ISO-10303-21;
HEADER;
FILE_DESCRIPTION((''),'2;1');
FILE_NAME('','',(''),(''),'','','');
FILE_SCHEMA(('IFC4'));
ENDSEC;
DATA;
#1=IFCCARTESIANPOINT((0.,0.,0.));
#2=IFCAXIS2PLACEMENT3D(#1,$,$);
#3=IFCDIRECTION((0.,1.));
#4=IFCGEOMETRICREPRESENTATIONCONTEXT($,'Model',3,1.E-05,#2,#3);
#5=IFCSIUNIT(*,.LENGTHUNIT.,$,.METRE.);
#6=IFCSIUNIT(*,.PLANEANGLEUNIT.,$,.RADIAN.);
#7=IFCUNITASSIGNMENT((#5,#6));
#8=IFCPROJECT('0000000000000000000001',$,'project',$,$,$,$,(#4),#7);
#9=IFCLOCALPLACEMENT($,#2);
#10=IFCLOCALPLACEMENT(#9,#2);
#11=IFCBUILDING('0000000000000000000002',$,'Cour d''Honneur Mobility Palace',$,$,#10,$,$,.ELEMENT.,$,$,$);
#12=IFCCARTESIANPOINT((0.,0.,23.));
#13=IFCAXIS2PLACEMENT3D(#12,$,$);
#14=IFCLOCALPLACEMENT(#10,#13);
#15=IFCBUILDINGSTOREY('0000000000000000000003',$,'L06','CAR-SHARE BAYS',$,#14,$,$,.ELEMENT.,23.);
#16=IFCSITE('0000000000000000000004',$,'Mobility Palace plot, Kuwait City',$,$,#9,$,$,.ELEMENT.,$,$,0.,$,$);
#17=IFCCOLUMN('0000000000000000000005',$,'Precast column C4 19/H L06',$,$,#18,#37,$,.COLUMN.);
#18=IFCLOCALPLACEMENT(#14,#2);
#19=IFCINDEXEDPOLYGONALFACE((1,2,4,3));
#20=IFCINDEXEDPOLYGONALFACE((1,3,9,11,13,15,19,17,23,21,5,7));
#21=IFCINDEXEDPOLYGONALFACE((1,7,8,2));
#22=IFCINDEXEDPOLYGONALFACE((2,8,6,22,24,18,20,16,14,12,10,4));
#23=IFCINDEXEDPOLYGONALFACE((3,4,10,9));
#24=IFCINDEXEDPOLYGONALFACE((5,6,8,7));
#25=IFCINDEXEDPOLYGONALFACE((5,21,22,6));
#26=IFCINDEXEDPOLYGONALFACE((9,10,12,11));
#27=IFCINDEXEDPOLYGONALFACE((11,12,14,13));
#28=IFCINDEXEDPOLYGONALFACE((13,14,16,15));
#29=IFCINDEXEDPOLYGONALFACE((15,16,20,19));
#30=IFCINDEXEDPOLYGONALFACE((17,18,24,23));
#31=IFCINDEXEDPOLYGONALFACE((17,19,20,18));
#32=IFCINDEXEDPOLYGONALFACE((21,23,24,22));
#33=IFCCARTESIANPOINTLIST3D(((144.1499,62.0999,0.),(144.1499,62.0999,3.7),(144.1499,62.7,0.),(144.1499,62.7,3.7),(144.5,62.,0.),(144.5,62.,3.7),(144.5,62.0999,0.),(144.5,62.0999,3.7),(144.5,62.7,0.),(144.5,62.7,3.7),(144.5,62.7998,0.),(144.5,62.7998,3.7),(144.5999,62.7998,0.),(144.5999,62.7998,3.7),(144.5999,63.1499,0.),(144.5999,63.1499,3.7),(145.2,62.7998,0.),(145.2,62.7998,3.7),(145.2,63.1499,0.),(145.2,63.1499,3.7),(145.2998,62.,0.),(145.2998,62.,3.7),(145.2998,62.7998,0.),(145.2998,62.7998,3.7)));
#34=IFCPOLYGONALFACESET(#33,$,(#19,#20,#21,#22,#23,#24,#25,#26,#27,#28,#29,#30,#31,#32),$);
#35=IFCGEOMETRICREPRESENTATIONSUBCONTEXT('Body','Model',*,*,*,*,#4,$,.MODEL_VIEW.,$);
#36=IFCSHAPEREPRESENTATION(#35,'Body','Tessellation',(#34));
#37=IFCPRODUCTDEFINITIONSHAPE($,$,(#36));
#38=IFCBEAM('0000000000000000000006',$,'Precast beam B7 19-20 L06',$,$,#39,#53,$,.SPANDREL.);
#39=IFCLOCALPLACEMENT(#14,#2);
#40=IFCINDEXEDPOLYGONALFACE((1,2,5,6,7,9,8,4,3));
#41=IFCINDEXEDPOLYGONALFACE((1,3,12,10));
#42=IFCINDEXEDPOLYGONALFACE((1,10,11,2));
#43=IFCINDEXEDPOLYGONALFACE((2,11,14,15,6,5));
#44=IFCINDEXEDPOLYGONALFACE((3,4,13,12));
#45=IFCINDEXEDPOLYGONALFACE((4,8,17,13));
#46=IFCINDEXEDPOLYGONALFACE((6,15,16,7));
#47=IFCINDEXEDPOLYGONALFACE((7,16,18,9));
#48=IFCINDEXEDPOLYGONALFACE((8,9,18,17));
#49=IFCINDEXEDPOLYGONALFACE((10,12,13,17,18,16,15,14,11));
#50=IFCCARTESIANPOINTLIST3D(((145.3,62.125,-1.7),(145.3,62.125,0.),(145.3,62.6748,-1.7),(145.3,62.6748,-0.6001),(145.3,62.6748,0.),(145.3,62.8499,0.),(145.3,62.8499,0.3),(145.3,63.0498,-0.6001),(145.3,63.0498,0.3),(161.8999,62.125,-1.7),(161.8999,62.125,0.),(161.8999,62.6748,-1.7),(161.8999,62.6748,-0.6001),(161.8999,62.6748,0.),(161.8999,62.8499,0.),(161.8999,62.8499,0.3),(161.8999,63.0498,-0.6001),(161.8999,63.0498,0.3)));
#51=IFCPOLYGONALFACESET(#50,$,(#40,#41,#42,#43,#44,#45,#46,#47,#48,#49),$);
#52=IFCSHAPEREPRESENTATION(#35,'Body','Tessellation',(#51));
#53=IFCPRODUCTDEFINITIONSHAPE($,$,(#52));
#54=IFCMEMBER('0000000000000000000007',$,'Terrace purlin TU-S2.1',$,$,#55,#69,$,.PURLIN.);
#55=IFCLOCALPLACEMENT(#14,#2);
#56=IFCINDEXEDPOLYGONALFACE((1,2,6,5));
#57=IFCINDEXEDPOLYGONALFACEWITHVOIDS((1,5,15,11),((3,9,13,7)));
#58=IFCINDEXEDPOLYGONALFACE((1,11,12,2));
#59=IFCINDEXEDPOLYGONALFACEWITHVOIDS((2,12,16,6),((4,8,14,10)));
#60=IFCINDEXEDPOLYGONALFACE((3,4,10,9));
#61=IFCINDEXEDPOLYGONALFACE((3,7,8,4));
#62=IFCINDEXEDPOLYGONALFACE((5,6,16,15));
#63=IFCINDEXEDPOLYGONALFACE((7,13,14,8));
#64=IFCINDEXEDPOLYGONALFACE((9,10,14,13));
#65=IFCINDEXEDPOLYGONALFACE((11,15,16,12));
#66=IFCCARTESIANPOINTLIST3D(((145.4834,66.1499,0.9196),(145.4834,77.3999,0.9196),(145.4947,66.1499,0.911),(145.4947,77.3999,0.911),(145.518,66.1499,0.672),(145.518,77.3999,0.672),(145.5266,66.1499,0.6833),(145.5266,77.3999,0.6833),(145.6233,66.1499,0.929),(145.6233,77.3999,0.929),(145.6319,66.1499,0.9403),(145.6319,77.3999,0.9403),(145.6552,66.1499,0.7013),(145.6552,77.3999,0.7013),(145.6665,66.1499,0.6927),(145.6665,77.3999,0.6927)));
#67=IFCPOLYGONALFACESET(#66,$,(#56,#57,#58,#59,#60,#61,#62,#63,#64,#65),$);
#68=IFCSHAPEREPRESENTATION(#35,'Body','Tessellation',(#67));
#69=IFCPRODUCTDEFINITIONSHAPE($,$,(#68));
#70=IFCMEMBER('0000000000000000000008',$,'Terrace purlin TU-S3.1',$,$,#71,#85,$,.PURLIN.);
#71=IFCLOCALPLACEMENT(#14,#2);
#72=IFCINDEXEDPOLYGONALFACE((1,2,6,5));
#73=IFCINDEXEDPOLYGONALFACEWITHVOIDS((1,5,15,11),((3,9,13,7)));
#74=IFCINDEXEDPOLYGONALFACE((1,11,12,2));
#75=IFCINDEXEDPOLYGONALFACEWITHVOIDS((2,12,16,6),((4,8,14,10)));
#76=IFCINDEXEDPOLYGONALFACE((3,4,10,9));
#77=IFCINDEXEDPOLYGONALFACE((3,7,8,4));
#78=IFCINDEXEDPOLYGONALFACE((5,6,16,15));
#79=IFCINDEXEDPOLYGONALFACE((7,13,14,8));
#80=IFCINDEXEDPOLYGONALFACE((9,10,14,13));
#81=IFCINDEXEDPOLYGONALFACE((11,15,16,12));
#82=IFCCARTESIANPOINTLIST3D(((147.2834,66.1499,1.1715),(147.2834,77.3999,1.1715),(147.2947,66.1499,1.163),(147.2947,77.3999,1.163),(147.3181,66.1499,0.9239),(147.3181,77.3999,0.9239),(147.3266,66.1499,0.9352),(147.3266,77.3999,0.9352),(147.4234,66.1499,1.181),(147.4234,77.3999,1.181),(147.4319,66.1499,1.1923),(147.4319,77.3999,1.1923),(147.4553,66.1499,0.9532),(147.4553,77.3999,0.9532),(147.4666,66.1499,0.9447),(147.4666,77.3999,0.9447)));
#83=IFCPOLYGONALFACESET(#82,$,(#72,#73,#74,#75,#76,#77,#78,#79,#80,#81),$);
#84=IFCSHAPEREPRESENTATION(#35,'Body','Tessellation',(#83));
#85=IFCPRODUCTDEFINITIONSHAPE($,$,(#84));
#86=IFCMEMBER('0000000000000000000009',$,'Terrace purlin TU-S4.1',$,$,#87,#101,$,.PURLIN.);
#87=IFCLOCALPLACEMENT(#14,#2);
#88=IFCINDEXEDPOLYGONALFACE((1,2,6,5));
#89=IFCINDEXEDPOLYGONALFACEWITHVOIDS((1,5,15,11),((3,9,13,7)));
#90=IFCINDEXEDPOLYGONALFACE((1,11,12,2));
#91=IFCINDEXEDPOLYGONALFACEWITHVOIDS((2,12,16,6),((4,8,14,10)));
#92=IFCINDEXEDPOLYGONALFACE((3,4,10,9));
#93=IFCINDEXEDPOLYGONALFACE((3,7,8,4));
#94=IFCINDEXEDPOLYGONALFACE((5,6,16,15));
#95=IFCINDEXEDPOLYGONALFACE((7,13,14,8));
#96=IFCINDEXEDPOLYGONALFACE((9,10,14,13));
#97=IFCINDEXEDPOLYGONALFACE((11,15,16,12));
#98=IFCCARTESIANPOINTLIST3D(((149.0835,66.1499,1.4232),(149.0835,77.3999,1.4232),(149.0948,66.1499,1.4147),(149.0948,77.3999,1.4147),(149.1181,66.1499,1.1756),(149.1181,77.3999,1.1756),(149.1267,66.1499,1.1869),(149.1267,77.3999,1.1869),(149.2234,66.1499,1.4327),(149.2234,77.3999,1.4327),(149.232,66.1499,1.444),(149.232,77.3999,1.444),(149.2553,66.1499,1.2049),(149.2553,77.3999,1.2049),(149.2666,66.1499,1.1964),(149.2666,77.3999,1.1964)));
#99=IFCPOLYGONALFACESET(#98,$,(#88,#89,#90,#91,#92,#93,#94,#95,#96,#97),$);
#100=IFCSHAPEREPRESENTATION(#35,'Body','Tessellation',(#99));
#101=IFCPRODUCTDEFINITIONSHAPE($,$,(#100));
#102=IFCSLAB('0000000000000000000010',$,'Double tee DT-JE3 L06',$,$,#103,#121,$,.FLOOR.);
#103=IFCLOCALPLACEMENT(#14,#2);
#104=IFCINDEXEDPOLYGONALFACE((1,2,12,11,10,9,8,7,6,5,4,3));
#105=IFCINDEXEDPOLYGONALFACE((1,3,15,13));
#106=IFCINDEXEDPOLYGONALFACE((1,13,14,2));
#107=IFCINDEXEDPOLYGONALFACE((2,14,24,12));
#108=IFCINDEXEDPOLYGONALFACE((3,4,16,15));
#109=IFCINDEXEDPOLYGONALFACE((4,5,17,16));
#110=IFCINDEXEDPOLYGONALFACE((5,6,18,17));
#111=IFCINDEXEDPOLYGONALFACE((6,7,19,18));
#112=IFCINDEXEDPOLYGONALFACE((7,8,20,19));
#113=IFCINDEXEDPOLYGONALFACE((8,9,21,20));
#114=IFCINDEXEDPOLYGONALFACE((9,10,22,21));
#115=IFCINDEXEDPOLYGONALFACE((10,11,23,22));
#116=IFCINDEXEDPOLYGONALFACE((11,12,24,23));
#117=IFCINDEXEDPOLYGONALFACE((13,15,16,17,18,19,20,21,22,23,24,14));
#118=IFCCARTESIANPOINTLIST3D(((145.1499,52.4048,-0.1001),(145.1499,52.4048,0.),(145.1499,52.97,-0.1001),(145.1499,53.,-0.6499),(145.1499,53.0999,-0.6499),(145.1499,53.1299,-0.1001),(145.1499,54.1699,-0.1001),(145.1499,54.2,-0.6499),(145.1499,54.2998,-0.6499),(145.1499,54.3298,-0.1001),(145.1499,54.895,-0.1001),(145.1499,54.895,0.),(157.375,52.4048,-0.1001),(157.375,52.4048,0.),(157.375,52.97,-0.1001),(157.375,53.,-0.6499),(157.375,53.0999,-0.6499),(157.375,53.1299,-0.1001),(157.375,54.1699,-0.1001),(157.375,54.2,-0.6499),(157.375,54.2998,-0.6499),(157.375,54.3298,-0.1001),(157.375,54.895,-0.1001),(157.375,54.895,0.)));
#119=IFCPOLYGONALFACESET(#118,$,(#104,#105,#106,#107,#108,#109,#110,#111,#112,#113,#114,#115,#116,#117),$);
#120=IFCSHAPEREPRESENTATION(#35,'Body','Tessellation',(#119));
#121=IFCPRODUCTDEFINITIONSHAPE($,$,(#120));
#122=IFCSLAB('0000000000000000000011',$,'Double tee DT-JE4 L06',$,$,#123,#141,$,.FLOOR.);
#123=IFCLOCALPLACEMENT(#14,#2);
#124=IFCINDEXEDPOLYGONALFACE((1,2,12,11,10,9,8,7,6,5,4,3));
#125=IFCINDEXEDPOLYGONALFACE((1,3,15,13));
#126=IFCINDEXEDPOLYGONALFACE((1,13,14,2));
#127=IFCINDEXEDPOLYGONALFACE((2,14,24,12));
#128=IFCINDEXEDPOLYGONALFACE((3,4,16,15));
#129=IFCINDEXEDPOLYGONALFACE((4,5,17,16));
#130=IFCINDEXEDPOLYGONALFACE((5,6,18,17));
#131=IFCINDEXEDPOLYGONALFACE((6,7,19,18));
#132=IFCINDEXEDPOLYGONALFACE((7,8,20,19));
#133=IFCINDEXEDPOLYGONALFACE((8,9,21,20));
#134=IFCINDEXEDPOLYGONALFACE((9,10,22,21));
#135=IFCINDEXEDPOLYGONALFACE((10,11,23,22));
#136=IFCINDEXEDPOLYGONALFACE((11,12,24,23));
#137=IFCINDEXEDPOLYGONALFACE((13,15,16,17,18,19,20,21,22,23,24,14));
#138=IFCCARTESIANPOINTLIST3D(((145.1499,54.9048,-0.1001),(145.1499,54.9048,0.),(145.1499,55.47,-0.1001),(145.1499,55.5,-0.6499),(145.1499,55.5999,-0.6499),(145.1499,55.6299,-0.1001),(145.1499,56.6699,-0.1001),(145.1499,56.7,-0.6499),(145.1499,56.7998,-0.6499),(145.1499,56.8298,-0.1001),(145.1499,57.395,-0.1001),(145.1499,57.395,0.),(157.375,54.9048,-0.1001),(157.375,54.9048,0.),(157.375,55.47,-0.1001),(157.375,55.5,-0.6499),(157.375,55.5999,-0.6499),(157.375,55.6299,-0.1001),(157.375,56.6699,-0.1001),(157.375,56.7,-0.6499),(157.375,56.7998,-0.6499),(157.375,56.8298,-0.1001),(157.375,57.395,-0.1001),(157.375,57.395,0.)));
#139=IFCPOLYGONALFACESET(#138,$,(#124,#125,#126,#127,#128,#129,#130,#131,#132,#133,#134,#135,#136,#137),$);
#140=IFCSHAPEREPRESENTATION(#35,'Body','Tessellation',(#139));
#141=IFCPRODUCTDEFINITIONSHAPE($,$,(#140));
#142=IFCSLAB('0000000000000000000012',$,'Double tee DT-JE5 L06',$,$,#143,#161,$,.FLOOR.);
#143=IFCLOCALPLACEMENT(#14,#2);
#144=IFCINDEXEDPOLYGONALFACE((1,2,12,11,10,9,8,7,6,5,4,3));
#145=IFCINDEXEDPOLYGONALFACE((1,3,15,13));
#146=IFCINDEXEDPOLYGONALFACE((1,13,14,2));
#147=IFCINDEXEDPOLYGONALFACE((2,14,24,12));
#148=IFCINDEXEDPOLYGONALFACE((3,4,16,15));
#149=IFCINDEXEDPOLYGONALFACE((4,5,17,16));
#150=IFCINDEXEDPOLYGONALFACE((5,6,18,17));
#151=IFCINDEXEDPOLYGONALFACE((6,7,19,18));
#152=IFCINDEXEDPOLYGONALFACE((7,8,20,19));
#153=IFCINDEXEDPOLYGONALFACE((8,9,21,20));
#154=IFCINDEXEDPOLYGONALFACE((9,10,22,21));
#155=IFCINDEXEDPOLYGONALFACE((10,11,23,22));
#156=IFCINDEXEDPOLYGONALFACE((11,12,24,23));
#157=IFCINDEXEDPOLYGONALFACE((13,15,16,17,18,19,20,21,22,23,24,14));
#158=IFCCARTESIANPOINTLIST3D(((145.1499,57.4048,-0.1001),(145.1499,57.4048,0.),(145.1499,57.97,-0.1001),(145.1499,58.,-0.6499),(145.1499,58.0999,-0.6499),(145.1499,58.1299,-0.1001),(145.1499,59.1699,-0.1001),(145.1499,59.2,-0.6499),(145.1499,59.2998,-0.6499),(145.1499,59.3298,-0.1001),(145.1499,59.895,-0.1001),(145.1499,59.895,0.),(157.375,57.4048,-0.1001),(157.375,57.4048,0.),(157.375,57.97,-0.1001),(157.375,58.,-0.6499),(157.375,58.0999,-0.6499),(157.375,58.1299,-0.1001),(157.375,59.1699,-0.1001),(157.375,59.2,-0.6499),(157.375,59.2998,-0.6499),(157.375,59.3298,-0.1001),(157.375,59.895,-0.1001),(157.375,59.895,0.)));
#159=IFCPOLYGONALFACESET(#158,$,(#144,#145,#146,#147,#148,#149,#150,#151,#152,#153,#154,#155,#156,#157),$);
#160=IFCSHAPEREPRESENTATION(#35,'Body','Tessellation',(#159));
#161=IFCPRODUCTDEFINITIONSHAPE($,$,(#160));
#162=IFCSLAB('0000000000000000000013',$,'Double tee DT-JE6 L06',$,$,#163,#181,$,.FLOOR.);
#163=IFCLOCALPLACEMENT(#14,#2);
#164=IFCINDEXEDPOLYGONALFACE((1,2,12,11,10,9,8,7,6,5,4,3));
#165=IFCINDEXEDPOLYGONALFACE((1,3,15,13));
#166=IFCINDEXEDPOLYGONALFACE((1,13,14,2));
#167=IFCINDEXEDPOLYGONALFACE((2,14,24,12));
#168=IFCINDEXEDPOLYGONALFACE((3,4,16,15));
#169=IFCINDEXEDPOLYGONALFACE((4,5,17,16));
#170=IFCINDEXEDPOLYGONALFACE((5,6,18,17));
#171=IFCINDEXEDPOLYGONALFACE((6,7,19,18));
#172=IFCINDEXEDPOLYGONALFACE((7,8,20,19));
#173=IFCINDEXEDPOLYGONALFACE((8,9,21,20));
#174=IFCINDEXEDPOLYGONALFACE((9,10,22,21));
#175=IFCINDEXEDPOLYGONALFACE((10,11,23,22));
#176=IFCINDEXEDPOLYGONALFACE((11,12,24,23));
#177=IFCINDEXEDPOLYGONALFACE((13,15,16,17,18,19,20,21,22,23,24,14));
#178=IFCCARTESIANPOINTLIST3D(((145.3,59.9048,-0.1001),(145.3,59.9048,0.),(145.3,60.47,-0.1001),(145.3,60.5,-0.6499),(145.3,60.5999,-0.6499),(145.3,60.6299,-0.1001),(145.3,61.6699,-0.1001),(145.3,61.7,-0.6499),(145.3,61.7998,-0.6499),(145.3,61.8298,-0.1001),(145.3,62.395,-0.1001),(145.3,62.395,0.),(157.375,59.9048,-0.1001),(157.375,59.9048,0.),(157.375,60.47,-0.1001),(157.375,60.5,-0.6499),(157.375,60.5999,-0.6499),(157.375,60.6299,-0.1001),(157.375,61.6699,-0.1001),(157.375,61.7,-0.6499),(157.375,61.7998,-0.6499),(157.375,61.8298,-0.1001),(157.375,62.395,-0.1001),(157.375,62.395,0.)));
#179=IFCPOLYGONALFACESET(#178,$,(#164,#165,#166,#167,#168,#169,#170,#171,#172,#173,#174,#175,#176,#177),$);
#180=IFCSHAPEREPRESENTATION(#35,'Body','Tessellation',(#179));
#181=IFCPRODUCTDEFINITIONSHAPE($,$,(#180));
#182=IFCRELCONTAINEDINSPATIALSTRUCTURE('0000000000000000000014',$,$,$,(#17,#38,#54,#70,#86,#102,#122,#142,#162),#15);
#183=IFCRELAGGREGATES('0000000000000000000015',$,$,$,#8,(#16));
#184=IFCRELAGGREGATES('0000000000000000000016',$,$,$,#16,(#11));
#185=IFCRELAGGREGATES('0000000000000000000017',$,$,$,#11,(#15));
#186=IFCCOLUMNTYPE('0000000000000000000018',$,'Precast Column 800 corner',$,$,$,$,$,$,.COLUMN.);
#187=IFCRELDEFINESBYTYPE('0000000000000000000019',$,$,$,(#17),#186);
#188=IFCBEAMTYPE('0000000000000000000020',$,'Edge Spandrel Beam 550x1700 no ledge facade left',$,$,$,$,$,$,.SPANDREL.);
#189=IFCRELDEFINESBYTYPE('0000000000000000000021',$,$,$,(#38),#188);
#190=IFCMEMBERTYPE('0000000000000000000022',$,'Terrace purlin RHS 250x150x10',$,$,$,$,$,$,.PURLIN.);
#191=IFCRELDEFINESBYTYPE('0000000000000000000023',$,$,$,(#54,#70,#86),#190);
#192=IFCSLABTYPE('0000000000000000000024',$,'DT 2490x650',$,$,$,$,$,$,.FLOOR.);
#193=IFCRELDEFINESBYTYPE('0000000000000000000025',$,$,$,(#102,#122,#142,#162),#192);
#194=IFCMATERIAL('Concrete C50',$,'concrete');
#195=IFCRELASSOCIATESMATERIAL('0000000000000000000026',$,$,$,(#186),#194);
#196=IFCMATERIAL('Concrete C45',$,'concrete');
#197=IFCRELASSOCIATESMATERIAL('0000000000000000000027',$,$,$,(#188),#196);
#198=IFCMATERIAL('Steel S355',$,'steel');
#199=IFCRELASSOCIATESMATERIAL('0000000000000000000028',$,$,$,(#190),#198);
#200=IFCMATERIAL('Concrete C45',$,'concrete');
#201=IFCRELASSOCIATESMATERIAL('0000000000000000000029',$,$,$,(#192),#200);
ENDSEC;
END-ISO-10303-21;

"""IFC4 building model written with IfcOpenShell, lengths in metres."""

from ifc_helpers import new_model, si_unit, direction, frame, origin, origin_2d, place, context, subcontext, project, spatial, polyline, hollow_rectangle, outline, extrude, material, material_profile, profile_set, type_object, element, save


model = new_model("IFC4")

# Units and contexts
model_context = context("Model", 3, precision=1e-05, world=origin(), true_north=direction((0.0, 1.0)))
body_context = subcontext(model_context, "Body", "Model", "MODEL_VIEW")
ifc_project = project(units=[si_unit("LENGTHUNIT", "METRE"), si_unit("PLANEANGLEUNIT", "RADIAN")], contexts=[model_context])

# Site, building, storey
site_placement = place(None, origin())
site = spatial("IfcSite", under=ifc_project, at=site_placement, Name="Mobility Palace plot, Kuwait City", CompositionType="ELEMENT", RefElevation=0.0)
building_placement = place(site_placement, origin())
building = spatial("IfcBuilding", under=site, at=building_placement, Name="Cour d'Honneur Mobility Palace", CompositionType="ELEMENT")
storey_placement = place(building_placement, frame((0.0, 0.0, 23.0)))
storey = spatial("IfcBuildingStorey", under=building, at=storey_placement, Name="L06", Description="CAR-SHARE BAYS", CompositionType="ELEMENT", Elevation=23.0)

# Column
ifc_material_1 = material(Name="Concrete C50", Category="concrete")
ifc_material_profile_1 = material_profile(ifc_material_1, outline(polyline([(-0.3999, -0.3999), (0.3999, -0.3999), (0.3999, -0.3), (0.75, -0.3), (0.75, 0.3), (0.3999, 0.3), (0.3999, 0.3999), (0.3, 0.3999), (0.3, 0.75), (-0.3, 0.75), (-0.3, 0.3999), (-0.3999, 0.3999), (-0.3999, -0.3999)])), Name="PC C800 corner")
ifc_profile_set_1 = profile_set([ifc_material_profile_1], Name="Concrete C50")
column_type = type_object("IfcColumnType", Name="Precast Column 800 corner", PredefinedType="COLUMN", material=ifc_profile_set_1)
column_placement = place(storey_placement, frame((144.8999, 62.3999, 0.0), z_axis=(0.0, 0.0, 1.0), x_axis=(0.0, 1.0, 0.0)))
element("IfcColumn", 1, at=column_placement, inside=storey, type_object=column_type, Name="Precast column C4 19/H L06", PredefinedType="COLUMN", context=body_context, shape_type="SweptSolid", body=[
    extrude(outline(polyline([(-0.3999, -0.3999), (0.3999, -0.3999), (0.3999, -0.3), (0.75, -0.3), (0.75, 0.3), (0.3999, 0.3), (0.3999, 0.3999), (0.3, 0.3999), (0.3, 0.75), (-0.3, 0.75), (-0.3, 0.3999), (-0.3999, 0.3999), (-0.3999, -0.3999)])), origin(), (0.0, 0.0, 1.0), 3.7),
])

# Beam
ifc_material_2 = material(Name="Concrete C45", Category="concrete")
ifc_material_profile_2 = material_profile(ifc_material_2, outline(polyline([(0.2749, -1.7), (0.2749, -0.6001), (0.6499, -0.6001), (0.6499, 0.3), (0.45, 0.3), (0.45, 0.0), (0.2749, 0.0), (-0.2749, 0.0), (-0.2749, -1.7), (0.2749, -1.7)])), Name="Edge Spandrel Beam 550x1700 no ledge facade left")
ifc_profile_set_2 = profile_set([ifc_material_profile_2], Name="Concrete C45")
beam_type = type_object("IfcBeamType", Name="Edge Spandrel Beam 550x1700 no ledge facade left", PredefinedType="SPANDREL", material=ifc_profile_set_2)
beam_placement = place(storey_placement, frame((145.3, 62.3999, 0.0), z_axis=(1.0, 0.0, 0.0), x_axis=(0.0, 1.0, 0.0)))
element("IfcBeam", 2, at=beam_placement, inside=storey, type_object=beam_type, Name="Precast beam B7 19-20 L06", PredefinedType="SPANDREL", context=body_context, shape_type="SweptSolid", body=[
    extrude(outline(polyline([(0.2749, -1.7), (0.2749, -0.6001), (0.6499, -0.6001), (0.6499, 0.3), (0.45, 0.3), (0.45, 0.0), (0.2749, 0.0), (-0.2749, 0.0), (-0.2749, -1.7), (0.2749, -1.7)])), origin(), (0.0, 0.0, 1.0), 16.5999),
])

# Members
ifc_material_3 = material(Name="Steel S355", Category="steel")
ifc_material_profile_3 = material_profile(ifc_material_3, hollow_rectangle(XDim=0.1499, YDim=0.25, WallThickness=0.01, at=origin_2d()), Name="RHS 250x150x10")
ifc_profile_set_3 = profile_set([ifc_material_profile_3], Name="Steel S355")
member_type = type_object("IfcMemberType", Name="Terrace purlin RHS 250x150x10", PredefinedType="PURLIN", material=ifc_profile_set_3)
for number, where, z_axis, x_axis, name in (
    (3, (145.575, 66.1499, 0.8062), (0.0, 1.0, 0.0), (-0.99035, 0.0, -0.138591), "Terrace purlin TU-S2.1"),
    (4, (147.375, 66.1499, 1.0581), (0.0, 1.0, 0.0), (-0.99035, 0.0, -0.138591), "Terrace purlin TU-S3.1"),
    (5, (149.175, 66.1499, 1.3098), (0.0, 1.0, 0.0), (-0.99035, 0.0, -0.138591), "Terrace purlin TU-S4.1"),
):
    element("IfcMember", number, at=place(storey_placement, frame(where, z_axis=z_axis, x_axis=x_axis)), inside=storey, type_object=member_type, Name=name, PredefinedType="PURLIN", context=body_context, shape_type="SweptSolid", body=[
        extrude(hollow_rectangle(XDim=0.1499, YDim=0.25, WallThickness=0.01, at=origin_2d()), origin(), (0.0, 0.0, 1.0), 11.25),
    ])

# Slabs
ifc_material_4 = material(Name="Concrete C45", Category="concrete")
ifc_material_profile_4 = material_profile(ifc_material_4, outline(polyline([(-1.2451, 0.0), (1.2451, 0.0), (1.2451, -0.1001), (0.6799, -0.1001), (0.6499, -0.6499), (0.55, -0.6499), (0.52, -0.1001), (-0.52, -0.1001), (-0.55, -0.6499), (-0.6499, -0.6499), (-0.6799, -0.1001), (-1.2451, -0.1001), (-1.2451, 0.0)])), Name="DT 2490x650")
ifc_profile_set_4 = profile_set([ifc_material_profile_4], Name="Concrete C45")
slab_type = type_object("IfcSlabType", Name="DT 2490x650", PredefinedType="FLOOR", material=ifc_profile_set_4)
for number, where, z_axis, x_axis, name in (
    (6, (145.1499, 53.6499, 0.0), (1.0, 0.0, 0.0), (0.0, 1.0, 0.0), "Double tee DT-JE3 L06"),
    (7, (145.1499, 56.1499, 0.0), (1.0, 0.0, 0.0), (0.0, 1.0, 0.0), "Double tee DT-JE4 L06"),
    (8, (145.1499, 58.6499, 0.0), (1.0, 0.0, 0.0), (0.0, 1.0, 0.0), "Double tee DT-JE5 L06"),
):
    element("IfcSlab", number, at=place(storey_placement, frame(where, z_axis=z_axis, x_axis=x_axis)), inside=storey, type_object=slab_type, Name=name, PredefinedType="FLOOR", context=body_context, shape_type="SweptSolid", body=[
        extrude(outline(polyline([(-1.2451, 0.0), (1.2451, 0.0), (1.2451, -0.1001), (0.6799, -0.1001), (0.6499, -0.6499), (0.55, -0.6499), (0.52, -0.1001), (-0.52, -0.1001), (-0.55, -0.6499), (-0.6499, -0.6499), (-0.6799, -0.1001), (-1.2451, -0.1001), (-1.2451, 0.0)])), origin(), (0.0, 0.0, 1.0), 12.2251),
    ])
slab_placement = place(storey_placement, frame((145.3, 61.1499, 0.0), z_axis=(1.0, 0.0, 0.0), x_axis=(0.0, 1.0, 0.0)))
element("IfcSlab", 9, at=slab_placement, inside=storey, type_object=slab_type, Name="Double tee DT-JE6 L06", PredefinedType="FLOOR", context=body_context, shape_type="SweptSolid", body=[
    extrude(outline(polyline([(-1.2451, 0.0), (1.2451, 0.0), (1.2451, -0.1001), (0.6799, -0.1001), (0.6499, -0.6499), (0.55, -0.6499), (0.52, -0.1001), (-0.52, -0.1001), (-0.55, -0.6499), (-0.6499, -0.6499), (-0.6799, -0.1001), (-1.2451, -0.1001), (-1.2451, 0.0)])), origin(), (0.0, 0.0, 1.0), 12.075),
])

save(model, "model.ifc")
